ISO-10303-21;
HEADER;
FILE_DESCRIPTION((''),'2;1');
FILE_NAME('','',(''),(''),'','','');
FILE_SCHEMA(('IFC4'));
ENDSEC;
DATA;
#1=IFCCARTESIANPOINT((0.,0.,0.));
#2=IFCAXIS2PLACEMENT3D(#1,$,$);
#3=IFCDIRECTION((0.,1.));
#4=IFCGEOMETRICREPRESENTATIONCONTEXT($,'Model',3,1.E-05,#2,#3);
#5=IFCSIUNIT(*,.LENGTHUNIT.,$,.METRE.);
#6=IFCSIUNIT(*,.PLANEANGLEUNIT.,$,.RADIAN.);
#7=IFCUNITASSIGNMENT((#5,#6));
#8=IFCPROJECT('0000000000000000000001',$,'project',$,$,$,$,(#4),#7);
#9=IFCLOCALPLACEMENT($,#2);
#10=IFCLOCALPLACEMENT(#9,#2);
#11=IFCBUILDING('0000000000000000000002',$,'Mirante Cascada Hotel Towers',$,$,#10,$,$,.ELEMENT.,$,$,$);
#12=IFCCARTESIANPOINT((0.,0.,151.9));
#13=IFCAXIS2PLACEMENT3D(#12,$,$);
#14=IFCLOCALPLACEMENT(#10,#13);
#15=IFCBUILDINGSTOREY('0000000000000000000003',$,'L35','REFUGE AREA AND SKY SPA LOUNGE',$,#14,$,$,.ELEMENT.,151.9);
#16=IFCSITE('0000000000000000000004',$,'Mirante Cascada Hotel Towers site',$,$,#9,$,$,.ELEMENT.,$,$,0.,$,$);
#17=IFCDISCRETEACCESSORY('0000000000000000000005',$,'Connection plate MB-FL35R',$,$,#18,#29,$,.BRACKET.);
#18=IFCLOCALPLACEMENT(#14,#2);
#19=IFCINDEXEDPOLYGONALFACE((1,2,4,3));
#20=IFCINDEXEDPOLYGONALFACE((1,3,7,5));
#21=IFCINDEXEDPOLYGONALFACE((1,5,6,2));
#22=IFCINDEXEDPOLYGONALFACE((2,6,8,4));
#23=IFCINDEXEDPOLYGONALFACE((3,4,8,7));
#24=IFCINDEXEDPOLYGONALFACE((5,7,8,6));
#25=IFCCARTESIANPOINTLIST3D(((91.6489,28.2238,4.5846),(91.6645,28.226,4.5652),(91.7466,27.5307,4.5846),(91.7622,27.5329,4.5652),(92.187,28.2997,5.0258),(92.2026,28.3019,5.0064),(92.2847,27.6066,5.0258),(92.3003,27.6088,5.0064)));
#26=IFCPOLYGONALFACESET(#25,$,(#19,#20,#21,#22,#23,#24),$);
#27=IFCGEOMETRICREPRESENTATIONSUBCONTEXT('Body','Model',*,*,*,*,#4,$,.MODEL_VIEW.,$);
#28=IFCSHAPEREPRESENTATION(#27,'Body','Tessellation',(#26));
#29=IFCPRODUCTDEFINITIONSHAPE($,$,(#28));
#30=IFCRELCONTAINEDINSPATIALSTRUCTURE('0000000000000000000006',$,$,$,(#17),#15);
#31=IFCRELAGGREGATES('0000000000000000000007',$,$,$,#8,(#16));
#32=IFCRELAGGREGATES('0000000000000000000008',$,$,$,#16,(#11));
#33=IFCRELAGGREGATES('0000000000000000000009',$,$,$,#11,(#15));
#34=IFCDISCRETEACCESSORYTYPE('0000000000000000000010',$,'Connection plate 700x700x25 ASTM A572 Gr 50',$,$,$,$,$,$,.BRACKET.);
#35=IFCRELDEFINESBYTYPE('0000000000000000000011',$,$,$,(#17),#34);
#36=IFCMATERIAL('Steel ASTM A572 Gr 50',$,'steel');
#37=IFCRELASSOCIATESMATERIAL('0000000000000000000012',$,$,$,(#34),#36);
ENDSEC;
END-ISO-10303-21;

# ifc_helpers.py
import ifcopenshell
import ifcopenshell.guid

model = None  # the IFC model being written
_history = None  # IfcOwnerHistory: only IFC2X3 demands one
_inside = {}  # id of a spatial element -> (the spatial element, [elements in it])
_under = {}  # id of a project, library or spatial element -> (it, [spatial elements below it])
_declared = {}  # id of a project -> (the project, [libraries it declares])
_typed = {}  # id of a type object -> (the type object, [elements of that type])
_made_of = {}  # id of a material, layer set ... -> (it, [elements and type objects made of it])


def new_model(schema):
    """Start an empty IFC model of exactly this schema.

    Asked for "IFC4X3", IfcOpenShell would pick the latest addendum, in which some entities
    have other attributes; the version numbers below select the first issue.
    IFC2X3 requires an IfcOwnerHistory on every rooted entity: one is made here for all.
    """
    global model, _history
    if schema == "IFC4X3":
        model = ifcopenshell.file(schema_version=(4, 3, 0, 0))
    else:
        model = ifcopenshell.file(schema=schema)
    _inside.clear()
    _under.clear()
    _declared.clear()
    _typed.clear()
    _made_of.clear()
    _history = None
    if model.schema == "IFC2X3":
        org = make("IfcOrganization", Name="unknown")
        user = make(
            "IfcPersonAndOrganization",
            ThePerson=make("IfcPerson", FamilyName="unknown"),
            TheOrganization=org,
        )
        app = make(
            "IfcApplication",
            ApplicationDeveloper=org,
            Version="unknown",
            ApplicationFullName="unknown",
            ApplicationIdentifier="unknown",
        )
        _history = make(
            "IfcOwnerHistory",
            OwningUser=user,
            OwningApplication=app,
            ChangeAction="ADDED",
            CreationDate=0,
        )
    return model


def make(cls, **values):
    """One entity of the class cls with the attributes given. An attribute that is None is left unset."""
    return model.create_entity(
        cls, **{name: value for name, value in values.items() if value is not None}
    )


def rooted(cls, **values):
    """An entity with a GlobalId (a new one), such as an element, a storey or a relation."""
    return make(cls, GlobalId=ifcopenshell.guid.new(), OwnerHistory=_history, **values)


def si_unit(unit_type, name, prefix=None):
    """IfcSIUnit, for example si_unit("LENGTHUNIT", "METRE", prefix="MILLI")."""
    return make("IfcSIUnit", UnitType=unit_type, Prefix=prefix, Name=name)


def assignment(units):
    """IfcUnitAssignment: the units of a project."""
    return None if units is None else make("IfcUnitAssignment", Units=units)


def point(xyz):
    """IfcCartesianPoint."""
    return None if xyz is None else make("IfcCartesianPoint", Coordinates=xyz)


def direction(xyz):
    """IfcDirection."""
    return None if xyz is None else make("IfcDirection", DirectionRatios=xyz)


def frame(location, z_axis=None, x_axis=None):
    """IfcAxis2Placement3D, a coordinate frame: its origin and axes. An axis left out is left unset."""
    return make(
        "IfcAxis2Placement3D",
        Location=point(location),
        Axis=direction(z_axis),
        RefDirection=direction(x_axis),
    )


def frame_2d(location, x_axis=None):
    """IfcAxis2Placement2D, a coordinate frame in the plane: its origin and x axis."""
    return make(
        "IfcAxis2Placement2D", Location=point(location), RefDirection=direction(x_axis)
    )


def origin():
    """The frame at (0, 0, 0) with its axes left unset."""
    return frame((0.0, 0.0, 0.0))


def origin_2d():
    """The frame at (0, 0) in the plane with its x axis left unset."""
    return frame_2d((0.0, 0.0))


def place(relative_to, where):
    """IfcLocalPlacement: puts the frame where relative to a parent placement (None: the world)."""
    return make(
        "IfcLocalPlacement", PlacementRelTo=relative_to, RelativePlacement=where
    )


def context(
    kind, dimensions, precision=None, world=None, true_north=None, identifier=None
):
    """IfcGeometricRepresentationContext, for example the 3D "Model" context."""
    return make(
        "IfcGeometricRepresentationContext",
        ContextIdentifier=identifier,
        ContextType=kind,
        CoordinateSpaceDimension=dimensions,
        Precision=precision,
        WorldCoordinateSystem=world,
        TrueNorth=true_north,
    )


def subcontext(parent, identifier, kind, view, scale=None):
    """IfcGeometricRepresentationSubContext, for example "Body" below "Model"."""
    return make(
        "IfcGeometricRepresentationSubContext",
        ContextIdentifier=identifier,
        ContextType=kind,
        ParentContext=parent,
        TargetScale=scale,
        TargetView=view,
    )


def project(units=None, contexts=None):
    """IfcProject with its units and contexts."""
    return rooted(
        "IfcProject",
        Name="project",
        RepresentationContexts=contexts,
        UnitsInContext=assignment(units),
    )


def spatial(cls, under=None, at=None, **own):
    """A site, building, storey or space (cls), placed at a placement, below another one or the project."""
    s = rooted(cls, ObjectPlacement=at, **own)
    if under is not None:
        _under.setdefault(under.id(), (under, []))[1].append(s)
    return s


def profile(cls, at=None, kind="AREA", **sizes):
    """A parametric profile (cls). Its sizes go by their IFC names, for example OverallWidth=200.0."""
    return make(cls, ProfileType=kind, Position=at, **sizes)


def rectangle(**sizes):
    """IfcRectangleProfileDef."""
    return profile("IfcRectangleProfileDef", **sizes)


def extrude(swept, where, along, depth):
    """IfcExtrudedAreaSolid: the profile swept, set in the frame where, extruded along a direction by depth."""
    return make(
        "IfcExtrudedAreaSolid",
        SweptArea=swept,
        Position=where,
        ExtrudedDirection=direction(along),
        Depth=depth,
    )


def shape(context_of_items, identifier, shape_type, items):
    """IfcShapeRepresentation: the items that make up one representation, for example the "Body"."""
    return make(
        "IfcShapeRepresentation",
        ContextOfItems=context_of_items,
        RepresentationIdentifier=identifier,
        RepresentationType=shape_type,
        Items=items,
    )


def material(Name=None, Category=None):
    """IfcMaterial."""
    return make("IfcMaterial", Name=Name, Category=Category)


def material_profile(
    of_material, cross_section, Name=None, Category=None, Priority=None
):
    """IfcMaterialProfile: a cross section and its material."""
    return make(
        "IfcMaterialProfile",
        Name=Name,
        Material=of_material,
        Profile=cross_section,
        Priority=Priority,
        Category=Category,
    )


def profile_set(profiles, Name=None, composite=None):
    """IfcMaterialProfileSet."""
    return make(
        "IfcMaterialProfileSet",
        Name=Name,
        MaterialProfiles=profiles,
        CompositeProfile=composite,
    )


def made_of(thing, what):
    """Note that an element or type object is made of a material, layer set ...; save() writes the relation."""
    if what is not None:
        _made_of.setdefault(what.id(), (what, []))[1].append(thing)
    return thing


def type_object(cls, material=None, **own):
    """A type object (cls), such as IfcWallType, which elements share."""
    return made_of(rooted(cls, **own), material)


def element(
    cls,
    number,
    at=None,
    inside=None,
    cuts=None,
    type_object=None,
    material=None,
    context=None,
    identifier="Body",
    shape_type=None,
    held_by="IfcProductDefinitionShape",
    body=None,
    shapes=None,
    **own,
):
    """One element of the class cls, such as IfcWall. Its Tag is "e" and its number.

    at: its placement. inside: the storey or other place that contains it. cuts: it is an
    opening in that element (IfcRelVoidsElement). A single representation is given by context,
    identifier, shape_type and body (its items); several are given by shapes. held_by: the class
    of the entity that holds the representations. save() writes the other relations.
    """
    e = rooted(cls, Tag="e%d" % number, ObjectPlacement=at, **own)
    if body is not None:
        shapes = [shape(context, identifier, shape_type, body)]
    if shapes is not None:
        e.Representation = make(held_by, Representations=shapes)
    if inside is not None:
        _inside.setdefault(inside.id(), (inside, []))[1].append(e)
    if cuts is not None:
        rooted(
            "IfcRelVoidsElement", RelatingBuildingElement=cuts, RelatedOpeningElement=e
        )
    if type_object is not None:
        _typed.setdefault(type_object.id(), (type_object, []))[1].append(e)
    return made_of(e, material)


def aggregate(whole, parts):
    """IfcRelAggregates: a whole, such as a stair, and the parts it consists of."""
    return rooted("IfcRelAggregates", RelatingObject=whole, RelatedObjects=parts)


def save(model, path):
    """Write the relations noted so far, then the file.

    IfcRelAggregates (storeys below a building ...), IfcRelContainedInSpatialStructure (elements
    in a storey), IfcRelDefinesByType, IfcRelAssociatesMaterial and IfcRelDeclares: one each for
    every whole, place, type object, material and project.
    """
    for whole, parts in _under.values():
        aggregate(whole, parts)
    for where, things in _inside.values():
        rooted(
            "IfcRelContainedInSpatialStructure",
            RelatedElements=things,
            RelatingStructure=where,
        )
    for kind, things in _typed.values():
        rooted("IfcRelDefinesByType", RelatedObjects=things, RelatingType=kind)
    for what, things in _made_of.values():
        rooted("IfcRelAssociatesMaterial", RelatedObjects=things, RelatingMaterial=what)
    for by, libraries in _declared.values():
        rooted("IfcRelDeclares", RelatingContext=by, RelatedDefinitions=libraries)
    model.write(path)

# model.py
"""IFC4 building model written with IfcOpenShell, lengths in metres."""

from ifc_helpers import new_model, si_unit, direction, frame, origin, origin_2d, place, context, subcontext, project, spatial, rectangle, extrude, material, material_profile, profile_set, type_object, element, save


model = new_model("IFC4")

# Units and contexts
model_context = context("Model", 3, precision=1e-05, world=origin(), true_north=direction((0.0, 1.0)))
body_context = subcontext(model_context, "Body", "Model", "MODEL_VIEW")
ifc_project = project(units=[si_unit("LENGTHUNIT", "METRE"), si_unit("PLANEANGLEUNIT", "RADIAN")], contexts=[model_context])

# Site, building, storey
site_placement = place(None, origin())
site = spatial("IfcSite", under=ifc_project, at=site_placement, Name="Mirante Cascada Hotel Towers site", CompositionType="ELEMENT", RefElevation=0.0)
building_placement = place(site_placement, origin())
building = spatial("IfcBuilding", under=site, at=building_placement, Name="Mirante Cascada Hotel Towers", CompositionType="ELEMENT")
storey_placement = place(building_placement, frame((0.0, 0.0, 151.9)))
storey = spatial("IfcBuildingStorey", under=building, at=storey_placement, Name="L35", Description="REFUGE AREA AND SKY SPA LOUNGE", CompositionType="ELEMENT", Elevation=151.9)

# Discrete accessory
ifc_material_1 = material(Name="Steel ASTM A572 Gr 50", Category="steel")
ifc_material_profile_1 = material_profile(ifc_material_1, rectangle(XDim=0.7, YDim=0.7, at=origin_2d()), Name="Connection plate 700x700x25 ASTM A572 Gr 50")
ifc_profile_set_1 = profile_set([ifc_material_profile_1], Name="Steel ASTM A572 Gr 50")
discrete_accessory_type_1 = type_object("IfcDiscreteAccessoryType", Name="Connection plate 700x700x25 ASTM A572 Gr 50", PredefinedType="BRACKET", material=ifc_profile_set_1)
discrete_accessory_1_placement = place(storey_placement, frame((91.9824, 27.9174, 4.7858), z_axis=(-0.62422, -0.088031, 0.776273), x_axis=(0.139644, -0.990202, 0.0)))
element("IfcDiscreteAccessory", 1, at=discrete_accessory_1_placement, inside=storey, type_object=discrete_accessory_type_1, Name="Connection plate MB-FL35R", PredefinedType="BRACKET", context=body_context, shape_type="SweptSolid", body=[
    extrude(rectangle(XDim=0.7, YDim=0.7, at=origin_2d()), origin(), (0.0, 0.0, 1.0), 0.025),
])

save(model, "model.ifc")
